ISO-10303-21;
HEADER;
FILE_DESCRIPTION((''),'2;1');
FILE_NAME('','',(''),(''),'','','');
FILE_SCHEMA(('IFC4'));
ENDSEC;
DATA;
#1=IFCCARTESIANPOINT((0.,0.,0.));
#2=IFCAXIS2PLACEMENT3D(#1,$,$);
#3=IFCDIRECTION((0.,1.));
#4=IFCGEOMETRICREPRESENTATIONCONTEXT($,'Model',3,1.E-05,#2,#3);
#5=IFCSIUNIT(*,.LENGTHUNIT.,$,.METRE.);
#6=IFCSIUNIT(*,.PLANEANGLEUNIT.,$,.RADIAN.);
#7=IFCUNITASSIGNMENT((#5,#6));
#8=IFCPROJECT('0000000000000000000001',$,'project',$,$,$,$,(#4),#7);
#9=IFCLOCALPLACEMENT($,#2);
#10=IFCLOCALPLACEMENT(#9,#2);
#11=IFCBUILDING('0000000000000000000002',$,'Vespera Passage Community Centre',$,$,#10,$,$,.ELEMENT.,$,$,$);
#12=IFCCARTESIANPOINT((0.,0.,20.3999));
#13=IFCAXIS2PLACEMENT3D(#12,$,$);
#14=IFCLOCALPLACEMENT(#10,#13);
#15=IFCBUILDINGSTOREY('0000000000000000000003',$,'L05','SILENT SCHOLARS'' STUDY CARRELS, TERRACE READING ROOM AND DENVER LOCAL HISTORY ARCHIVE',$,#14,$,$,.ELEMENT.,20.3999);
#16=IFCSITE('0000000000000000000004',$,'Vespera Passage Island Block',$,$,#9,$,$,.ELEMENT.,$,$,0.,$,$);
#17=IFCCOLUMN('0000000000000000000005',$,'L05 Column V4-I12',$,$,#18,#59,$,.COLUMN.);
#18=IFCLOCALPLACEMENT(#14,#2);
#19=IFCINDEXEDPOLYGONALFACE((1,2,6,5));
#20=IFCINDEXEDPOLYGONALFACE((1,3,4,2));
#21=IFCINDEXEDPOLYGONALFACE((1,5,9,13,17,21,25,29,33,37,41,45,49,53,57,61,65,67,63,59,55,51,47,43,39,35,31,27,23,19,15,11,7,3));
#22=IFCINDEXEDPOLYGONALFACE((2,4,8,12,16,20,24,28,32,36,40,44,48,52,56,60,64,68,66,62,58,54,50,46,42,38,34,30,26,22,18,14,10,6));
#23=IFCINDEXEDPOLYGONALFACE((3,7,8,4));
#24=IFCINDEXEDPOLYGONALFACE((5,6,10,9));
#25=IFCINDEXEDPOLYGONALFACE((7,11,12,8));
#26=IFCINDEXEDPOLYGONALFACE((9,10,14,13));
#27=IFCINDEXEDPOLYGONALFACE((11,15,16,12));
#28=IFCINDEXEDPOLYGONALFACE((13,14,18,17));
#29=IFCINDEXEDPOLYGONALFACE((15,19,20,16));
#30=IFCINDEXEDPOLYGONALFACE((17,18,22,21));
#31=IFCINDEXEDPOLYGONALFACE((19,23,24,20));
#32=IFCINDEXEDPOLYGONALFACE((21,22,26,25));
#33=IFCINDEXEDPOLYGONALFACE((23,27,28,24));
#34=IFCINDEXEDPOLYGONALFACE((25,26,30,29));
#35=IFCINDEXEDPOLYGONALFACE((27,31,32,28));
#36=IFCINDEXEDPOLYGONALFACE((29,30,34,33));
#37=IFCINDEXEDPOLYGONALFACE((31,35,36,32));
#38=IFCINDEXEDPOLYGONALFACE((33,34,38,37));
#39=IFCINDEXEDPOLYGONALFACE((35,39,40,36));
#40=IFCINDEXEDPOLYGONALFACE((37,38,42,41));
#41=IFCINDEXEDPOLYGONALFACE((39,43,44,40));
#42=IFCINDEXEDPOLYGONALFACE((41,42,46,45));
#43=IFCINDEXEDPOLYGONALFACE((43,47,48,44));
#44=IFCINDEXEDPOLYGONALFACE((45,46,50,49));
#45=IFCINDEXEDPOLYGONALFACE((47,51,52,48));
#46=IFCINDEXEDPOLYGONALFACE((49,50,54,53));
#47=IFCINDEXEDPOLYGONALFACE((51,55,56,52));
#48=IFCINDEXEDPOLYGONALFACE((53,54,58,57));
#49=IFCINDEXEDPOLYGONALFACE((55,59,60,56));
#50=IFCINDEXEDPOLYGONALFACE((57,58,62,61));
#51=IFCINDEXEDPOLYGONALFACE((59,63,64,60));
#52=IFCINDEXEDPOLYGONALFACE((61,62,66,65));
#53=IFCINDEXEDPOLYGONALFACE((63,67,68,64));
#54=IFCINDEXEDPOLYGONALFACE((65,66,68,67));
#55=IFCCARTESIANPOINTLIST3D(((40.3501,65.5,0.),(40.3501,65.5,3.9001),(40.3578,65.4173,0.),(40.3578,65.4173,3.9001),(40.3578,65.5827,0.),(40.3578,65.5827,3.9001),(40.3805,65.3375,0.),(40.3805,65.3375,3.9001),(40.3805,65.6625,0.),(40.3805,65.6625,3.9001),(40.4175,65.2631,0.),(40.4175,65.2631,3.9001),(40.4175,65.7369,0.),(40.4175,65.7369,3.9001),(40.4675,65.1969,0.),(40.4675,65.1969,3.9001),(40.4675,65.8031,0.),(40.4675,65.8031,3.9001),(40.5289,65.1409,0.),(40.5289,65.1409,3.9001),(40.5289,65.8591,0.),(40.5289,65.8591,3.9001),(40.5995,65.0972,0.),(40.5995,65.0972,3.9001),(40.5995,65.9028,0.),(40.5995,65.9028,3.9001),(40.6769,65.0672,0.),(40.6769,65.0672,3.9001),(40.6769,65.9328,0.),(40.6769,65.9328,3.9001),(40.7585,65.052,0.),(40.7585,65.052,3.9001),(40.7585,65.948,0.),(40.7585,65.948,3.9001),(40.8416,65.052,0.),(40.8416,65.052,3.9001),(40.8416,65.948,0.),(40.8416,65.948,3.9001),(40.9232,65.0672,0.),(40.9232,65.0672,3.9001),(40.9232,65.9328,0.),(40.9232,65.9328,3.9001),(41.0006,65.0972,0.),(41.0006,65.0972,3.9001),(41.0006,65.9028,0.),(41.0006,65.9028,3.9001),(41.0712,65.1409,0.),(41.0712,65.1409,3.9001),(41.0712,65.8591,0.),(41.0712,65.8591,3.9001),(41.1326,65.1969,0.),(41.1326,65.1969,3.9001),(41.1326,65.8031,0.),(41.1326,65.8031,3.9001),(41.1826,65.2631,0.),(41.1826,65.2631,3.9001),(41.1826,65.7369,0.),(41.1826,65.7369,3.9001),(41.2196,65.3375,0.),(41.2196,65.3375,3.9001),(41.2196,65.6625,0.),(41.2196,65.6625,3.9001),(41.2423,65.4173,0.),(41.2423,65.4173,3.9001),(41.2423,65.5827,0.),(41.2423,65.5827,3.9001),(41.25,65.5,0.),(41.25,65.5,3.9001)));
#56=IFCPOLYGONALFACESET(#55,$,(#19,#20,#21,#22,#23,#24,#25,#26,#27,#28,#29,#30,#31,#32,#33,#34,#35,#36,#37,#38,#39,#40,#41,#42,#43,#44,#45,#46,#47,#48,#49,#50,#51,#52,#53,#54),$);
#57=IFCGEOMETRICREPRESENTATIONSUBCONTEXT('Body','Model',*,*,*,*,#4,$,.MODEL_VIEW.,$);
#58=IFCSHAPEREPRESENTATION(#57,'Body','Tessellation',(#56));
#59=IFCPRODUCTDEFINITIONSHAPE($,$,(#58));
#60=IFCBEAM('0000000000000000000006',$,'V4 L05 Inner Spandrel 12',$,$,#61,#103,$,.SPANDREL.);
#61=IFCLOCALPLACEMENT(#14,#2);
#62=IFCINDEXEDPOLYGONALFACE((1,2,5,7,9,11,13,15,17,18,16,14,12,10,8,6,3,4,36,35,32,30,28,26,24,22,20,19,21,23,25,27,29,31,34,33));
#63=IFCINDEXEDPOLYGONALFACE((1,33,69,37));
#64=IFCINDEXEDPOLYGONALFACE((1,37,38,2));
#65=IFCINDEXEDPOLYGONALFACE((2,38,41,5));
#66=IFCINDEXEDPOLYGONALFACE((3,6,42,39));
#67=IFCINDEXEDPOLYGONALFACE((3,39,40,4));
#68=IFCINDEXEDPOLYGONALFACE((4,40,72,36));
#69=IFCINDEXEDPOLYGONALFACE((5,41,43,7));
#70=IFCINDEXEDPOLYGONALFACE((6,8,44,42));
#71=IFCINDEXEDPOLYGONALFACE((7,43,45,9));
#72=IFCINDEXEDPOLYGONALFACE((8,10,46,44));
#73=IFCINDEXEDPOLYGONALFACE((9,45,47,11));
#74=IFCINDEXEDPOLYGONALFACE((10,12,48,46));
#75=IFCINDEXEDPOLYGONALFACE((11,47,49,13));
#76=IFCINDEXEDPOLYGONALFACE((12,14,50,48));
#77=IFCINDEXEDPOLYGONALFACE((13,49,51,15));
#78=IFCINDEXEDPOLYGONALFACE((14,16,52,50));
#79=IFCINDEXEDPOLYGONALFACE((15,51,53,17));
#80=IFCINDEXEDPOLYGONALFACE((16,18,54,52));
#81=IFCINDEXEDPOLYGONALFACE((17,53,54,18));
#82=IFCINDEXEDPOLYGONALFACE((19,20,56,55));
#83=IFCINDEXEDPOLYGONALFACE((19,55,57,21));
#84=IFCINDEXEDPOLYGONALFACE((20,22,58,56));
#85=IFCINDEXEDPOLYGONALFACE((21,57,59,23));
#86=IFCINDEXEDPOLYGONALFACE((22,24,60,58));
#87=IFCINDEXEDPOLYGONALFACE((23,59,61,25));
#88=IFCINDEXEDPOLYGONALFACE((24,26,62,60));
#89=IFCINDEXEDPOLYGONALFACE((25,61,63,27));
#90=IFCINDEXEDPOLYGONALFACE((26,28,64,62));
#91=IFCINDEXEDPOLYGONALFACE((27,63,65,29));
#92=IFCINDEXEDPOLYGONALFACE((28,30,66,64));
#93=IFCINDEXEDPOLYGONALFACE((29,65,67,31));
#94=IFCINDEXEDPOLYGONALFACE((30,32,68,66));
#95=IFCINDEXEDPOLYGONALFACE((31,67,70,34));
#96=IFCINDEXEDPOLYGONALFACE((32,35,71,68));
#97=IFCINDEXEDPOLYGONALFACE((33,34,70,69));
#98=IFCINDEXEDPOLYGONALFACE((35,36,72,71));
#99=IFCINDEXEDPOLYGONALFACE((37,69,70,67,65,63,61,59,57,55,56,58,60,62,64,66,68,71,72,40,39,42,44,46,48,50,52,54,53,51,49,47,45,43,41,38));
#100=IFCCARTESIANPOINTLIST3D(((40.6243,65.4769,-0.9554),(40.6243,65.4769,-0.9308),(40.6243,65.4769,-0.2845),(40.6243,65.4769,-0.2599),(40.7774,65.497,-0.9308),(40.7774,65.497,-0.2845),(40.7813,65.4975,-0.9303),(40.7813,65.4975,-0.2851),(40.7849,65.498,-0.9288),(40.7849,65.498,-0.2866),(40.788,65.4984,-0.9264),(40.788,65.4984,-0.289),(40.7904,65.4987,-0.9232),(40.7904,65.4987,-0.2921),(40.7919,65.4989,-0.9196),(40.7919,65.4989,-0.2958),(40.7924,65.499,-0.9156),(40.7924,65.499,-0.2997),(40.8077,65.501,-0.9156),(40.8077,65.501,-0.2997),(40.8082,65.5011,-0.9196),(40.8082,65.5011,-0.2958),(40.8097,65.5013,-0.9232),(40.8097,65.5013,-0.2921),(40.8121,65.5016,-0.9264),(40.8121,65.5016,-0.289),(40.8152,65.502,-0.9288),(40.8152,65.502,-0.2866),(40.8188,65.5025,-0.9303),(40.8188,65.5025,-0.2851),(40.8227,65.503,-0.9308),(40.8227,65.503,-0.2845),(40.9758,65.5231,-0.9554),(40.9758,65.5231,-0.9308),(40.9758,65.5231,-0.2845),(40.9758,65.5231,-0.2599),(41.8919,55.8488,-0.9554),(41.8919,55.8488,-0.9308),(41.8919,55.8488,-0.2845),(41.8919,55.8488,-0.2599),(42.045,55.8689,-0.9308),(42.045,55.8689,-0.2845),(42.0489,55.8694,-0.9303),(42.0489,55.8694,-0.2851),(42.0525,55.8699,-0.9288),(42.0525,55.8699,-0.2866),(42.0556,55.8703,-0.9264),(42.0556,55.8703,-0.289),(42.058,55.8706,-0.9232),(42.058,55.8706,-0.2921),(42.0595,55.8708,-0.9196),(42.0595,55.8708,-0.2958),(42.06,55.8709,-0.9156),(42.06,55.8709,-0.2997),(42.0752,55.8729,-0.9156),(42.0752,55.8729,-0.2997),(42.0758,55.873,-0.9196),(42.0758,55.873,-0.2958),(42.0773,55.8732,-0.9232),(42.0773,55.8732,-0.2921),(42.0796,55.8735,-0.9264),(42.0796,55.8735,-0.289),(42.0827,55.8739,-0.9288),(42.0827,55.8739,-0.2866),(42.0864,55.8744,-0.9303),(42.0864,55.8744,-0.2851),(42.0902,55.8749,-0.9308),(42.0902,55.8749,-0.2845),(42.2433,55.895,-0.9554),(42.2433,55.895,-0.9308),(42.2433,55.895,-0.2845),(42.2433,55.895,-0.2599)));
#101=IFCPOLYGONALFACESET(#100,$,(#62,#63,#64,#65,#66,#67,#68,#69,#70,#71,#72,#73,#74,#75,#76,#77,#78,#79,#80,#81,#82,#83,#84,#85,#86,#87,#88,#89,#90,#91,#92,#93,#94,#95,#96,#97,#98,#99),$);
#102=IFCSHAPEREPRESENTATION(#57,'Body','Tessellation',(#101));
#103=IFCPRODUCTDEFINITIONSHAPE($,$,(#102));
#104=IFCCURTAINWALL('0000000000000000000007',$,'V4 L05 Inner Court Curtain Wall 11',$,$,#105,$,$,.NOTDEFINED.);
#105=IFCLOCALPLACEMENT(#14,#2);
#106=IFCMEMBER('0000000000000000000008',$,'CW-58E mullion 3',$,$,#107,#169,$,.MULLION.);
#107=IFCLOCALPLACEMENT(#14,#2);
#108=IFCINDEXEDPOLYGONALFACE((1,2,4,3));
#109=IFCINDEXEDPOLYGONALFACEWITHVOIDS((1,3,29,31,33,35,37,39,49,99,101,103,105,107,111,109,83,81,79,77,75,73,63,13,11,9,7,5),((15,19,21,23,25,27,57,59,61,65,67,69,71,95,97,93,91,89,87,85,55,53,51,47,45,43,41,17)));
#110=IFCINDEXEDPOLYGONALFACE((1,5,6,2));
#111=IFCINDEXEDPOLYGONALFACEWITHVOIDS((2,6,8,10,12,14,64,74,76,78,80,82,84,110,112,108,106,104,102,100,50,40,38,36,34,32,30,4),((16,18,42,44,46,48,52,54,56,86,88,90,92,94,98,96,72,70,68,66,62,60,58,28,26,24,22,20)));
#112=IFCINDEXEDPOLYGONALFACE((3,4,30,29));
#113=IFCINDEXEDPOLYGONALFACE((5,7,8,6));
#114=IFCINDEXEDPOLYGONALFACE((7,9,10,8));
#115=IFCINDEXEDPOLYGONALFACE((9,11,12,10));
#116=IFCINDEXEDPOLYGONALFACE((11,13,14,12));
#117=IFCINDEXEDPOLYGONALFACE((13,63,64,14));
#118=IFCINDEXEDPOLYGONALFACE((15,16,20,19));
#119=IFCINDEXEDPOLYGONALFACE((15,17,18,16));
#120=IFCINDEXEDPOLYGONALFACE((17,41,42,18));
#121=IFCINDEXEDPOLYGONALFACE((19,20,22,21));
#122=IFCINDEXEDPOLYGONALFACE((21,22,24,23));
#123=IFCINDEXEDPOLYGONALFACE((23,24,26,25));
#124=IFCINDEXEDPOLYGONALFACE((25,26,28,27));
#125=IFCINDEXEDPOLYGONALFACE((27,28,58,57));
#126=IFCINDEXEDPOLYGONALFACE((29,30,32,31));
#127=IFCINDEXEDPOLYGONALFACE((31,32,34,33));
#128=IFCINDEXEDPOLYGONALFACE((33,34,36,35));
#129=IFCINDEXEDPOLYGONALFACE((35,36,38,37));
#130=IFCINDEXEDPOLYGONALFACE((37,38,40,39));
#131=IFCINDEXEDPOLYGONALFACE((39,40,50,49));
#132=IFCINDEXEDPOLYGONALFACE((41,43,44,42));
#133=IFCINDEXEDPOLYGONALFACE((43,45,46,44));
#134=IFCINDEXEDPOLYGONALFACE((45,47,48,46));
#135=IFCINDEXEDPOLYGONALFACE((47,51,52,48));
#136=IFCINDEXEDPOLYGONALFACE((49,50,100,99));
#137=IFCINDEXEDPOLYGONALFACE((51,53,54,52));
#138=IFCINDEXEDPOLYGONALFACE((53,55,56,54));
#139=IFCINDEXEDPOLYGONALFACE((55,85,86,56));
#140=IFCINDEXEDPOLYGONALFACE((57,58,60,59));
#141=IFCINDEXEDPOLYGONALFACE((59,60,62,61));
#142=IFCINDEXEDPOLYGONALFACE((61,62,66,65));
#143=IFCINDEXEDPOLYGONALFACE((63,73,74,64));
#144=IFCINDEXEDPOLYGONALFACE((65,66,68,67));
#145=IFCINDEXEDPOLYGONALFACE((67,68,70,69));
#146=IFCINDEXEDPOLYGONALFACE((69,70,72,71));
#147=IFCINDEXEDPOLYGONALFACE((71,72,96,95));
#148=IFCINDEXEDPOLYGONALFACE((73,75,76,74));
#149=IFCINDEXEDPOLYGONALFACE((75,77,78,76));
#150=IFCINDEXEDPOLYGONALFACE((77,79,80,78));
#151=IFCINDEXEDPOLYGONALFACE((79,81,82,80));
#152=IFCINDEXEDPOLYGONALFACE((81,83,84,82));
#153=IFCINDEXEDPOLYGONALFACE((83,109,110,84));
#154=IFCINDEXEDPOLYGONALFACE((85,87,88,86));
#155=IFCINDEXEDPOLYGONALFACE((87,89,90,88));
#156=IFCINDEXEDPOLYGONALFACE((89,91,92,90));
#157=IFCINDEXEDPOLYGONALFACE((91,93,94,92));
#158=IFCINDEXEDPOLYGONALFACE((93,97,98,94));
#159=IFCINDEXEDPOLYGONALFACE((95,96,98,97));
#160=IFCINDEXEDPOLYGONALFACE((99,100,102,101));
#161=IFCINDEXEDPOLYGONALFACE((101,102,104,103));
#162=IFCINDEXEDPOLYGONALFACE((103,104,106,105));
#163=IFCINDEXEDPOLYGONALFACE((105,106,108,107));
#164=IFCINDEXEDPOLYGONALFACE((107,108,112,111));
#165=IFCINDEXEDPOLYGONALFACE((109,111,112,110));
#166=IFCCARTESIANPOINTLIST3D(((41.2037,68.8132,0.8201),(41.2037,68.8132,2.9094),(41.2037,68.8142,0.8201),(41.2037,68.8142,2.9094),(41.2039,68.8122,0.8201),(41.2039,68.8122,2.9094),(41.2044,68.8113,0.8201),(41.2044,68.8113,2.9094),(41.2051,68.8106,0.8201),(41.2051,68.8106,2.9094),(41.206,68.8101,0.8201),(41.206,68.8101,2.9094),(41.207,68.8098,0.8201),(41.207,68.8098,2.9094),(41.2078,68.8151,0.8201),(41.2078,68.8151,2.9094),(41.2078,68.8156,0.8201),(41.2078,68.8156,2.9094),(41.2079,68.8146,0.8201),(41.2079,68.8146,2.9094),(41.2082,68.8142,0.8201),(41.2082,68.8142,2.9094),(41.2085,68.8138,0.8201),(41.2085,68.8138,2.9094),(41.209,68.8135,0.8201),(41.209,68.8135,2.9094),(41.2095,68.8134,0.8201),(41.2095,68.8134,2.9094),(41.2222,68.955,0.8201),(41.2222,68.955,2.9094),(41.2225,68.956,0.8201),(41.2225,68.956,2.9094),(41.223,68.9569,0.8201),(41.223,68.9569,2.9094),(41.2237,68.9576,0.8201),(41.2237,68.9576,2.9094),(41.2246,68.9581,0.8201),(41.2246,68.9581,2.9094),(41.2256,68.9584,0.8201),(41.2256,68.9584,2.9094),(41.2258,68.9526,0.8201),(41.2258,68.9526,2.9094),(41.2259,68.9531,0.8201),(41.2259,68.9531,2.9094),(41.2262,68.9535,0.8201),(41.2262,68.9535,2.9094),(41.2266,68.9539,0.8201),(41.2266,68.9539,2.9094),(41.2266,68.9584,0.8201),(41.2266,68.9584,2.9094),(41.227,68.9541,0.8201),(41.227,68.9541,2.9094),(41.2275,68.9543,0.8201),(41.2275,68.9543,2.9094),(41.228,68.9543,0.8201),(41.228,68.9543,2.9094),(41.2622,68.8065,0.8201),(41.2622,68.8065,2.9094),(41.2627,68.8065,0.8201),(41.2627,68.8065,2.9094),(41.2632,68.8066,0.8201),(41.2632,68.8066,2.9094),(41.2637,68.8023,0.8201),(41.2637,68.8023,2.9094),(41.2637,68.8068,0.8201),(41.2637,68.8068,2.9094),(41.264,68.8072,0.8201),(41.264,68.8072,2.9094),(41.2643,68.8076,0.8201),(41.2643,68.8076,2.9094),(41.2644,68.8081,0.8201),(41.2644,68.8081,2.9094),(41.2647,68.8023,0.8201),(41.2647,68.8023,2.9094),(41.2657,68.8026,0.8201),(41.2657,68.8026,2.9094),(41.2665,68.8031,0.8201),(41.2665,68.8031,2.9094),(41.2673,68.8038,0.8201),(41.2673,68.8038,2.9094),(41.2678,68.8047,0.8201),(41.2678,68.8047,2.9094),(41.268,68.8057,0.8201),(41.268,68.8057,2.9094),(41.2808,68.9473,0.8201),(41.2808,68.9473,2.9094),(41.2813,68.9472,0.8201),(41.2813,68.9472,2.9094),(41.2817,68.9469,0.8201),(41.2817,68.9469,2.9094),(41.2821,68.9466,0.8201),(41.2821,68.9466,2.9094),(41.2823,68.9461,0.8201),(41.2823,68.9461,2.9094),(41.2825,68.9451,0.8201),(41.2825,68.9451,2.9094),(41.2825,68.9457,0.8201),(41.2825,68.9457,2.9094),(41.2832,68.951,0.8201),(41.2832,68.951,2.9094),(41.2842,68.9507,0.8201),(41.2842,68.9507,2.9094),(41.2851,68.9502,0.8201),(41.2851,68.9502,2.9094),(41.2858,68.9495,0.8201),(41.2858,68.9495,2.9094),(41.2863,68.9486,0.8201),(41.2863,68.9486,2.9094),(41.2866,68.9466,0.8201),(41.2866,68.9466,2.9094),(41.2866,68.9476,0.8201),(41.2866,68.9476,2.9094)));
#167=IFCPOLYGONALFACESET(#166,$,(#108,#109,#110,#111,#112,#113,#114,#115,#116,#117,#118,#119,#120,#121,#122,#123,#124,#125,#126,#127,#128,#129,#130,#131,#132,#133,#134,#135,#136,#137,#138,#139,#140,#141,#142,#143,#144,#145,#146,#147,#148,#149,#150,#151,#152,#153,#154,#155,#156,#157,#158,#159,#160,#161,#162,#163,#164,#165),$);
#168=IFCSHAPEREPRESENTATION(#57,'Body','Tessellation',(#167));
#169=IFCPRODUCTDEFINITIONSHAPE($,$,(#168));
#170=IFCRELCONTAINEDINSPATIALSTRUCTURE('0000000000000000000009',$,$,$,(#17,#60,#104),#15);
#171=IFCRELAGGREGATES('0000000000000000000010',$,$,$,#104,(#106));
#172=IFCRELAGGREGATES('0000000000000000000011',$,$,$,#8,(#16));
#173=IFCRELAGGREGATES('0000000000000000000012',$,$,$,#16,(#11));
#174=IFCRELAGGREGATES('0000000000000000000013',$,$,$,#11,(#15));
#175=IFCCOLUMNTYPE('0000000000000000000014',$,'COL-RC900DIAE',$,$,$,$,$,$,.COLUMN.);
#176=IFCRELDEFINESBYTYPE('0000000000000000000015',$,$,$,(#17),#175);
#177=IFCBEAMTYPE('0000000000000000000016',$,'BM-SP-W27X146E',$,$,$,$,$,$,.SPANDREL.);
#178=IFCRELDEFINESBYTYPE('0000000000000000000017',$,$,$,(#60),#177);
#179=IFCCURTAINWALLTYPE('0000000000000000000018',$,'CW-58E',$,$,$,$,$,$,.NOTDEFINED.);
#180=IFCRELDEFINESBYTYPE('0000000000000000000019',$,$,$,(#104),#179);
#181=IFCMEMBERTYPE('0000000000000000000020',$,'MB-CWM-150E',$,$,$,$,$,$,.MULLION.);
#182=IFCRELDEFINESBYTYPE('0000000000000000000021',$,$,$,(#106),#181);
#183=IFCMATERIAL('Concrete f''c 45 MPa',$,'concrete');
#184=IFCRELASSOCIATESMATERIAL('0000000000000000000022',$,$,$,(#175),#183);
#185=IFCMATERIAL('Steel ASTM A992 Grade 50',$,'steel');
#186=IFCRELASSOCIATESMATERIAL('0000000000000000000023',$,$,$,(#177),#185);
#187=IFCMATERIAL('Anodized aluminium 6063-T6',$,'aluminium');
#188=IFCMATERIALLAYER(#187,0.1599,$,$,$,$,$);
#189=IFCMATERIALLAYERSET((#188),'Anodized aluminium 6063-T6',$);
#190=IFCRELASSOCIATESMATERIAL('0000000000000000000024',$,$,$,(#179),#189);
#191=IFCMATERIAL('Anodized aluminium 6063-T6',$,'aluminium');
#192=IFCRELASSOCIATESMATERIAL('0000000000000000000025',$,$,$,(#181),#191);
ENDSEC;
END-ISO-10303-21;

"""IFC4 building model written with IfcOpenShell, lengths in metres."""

from ifc_helpers import new_model, si_unit, direction, frame, origin, origin_2d, place, context, subcontext, project, spatial, hollow_rectangle, circle, i_section, extrude, material, layer, layer_set, material_profile, profile_set, type_object, element, aggregate, save


model = new_model("IFC4")

# Units and contexts
model_context = context("Model", 3, precision=1e-05, world=origin(), true_north=direction((0.0, 1.0)))
body_context = subcontext(model_context, "Body", "Model", "MODEL_VIEW")
ifc_project = project(units=[si_unit("LENGTHUNIT", "METRE"), si_unit("PLANEANGLEUNIT", "RADIAN")], contexts=[model_context])

# Site, building, storey
site_placement = place(None, origin())
site = spatial("IfcSite", under=ifc_project, at=site_placement, Name="Vespera Passage Island Block", CompositionType="ELEMENT", RefElevation=0.0)
building_placement = place(site_placement, origin())
building = spatial("IfcBuilding", under=site, at=building_placement, Name="Vespera Passage Community Centre", CompositionType="ELEMENT")
storey_placement = place(building_placement, frame((0.0, 0.0, 20.3999)))
storey = spatial("IfcBuildingStorey", under=building, at=storey_placement, Name="L05", Description="SILENT SCHOLARS' STUDY CARRELS, TERRACE READING ROOM AND DENVER LOCAL HISTORY ARCHIVE", CompositionType="ELEMENT", Elevation=20.3999)

# Column
ifc_material_1 = material(Name="Concrete f'c 45 MPa", Category="concrete")
ifc_material_profile_1 = material_profile(ifc_material_1, circle(Radius=0.45, at=origin_2d()), Name="RC900DIA")
ifc_profile_set_1 = profile_set([ifc_material_profile_1], Name="Concrete f'c 45 MPa")
column_type = type_object("IfcColumnType", Name="COL-RC900DIAE", PredefinedType="COLUMN", material=ifc_profile_set_1)
column_placement = place(storey_placement, frame((40.8, 65.5, 0.0), z_axis=(0.0, 0.0, 1.0), x_axis=(1.0, 0.0, 0.0)))
element("IfcColumn", 1, at=column_placement, inside=storey, type_object=column_type, Name="L05 Column V4-I12", PredefinedType="COLUMN", context=body_context, shape_type="SweptSolid", body=[
    extrude(circle(Radius=0.45, at=origin_2d()), origin(), (0.0, 0.0, 1.0), 3.9001),
])

# Beam
ifc_material_2 = material(Name="Steel ASTM A992 Grade 50", Category="steel")
ifc_material_profile_2 = material_profile(ifc_material_2, i_section(OverallWidth=0.3545, OverallDepth=0.6956, WebThickness=0.0154, FlangeThickness=0.0247, FilletRadius=0.0151, at=origin_2d()), Name="W27X146")
ifc_profile_set_2 = profile_set([ifc_material_profile_2], Name="Steel ASTM A992 Grade 50")
beam_type = type_object("IfcBeamType", Name="BM-SP-W27X146E", PredefinedType="SPANDREL", material=ifc_profile_set_2)
beam_placement = place(storey_placement, frame((40.8, 65.5, -0.6077), z_axis=(0.130527, -0.991445, 0.0), x_axis=(0.991445, 0.130527, 0.0)))
element("IfcBeam", 2, at=beam_placement, inside=storey, type_object=beam_type, Name="V4 L05 Inner Spandrel 12", PredefinedType="SPANDREL", context=body_context, shape_type="SweptSolid", body=[
    extrude(i_section(OverallWidth=0.3545, OverallDepth=0.6956, WebThickness=0.0154, FlangeThickness=0.0247, FilletRadius=0.0151, at=origin_2d()), origin(), (0.0, 0.0, 1.0), 9.7112),
])

# Curtain wall, member
ifc_material_3 = material(Name="Anodized aluminium 6063-T6", Category="aluminium")
ifc_layer_1 = layer(ifc_material_3, 0.1599)
ifc_layer_set_1 = layer_set([ifc_layer_1], Name="Anodized aluminium 6063-T6")
curtain_wall_type_1 = type_object("IfcCurtainWallType", Name="CW-58E", PredefinedType="NOTDEFINED", material=ifc_layer_set_1)
curtain_wall_1_placement = place(storey_placement, origin())
curtain_wall_1 = element("IfcCurtainWall", 3, at=curtain_wall_1_placement, inside=storey, type_object=curtain_wall_type_1, Name="V4 L05 Inner Court Curtain Wall 11", PredefinedType="NOTDEFINED")
ifc_material_4 = material(Name="Anodized aluminium 6063-T6", Category="aluminium")
ifc_material_profile_3 = material_profile(ifc_material_4, hollow_rectangle(XDim=0.0649, YDim=0.1499, WallThickness=0.0039, InnerFilletRadius=0.002, OuterFilletRadius=0.0039, at=origin_2d()), Name="ALU150X65X4")
ifc_profile_set_3 = profile_set([ifc_material_profile_3], Name="Anodized aluminium 6063-T6")
member_type_1 = type_object("IfcMemberType", Name="MB-CWM-150E", PredefinedType="MULLION", material=ifc_profile_set_3)
member_1_placement = place(storey_placement, frame((41.2451, 68.8804, 0.8201), z_axis=(0.0, 0.0, 1.0), x_axis=(0.991445, -0.130522, 0.0)))
member_1 = element("IfcMember", 4, at=member_1_placement, type_object=member_type_1, Name="CW-58E mullion 3", PredefinedType="MULLION", context=body_context, shape_type="SweptSolid", body=[
    extrude(hollow_rectangle(XDim=0.0649, YDim=0.1499, WallThickness=0.0039, InnerFilletRadius=0.002, OuterFilletRadius=0.0039, at=origin_2d()), origin(), (0.0, 0.0, 1.0), 2.0894),
])

aggregate(curtain_wall_1, [member_1])

save(model, "model.ifc")
